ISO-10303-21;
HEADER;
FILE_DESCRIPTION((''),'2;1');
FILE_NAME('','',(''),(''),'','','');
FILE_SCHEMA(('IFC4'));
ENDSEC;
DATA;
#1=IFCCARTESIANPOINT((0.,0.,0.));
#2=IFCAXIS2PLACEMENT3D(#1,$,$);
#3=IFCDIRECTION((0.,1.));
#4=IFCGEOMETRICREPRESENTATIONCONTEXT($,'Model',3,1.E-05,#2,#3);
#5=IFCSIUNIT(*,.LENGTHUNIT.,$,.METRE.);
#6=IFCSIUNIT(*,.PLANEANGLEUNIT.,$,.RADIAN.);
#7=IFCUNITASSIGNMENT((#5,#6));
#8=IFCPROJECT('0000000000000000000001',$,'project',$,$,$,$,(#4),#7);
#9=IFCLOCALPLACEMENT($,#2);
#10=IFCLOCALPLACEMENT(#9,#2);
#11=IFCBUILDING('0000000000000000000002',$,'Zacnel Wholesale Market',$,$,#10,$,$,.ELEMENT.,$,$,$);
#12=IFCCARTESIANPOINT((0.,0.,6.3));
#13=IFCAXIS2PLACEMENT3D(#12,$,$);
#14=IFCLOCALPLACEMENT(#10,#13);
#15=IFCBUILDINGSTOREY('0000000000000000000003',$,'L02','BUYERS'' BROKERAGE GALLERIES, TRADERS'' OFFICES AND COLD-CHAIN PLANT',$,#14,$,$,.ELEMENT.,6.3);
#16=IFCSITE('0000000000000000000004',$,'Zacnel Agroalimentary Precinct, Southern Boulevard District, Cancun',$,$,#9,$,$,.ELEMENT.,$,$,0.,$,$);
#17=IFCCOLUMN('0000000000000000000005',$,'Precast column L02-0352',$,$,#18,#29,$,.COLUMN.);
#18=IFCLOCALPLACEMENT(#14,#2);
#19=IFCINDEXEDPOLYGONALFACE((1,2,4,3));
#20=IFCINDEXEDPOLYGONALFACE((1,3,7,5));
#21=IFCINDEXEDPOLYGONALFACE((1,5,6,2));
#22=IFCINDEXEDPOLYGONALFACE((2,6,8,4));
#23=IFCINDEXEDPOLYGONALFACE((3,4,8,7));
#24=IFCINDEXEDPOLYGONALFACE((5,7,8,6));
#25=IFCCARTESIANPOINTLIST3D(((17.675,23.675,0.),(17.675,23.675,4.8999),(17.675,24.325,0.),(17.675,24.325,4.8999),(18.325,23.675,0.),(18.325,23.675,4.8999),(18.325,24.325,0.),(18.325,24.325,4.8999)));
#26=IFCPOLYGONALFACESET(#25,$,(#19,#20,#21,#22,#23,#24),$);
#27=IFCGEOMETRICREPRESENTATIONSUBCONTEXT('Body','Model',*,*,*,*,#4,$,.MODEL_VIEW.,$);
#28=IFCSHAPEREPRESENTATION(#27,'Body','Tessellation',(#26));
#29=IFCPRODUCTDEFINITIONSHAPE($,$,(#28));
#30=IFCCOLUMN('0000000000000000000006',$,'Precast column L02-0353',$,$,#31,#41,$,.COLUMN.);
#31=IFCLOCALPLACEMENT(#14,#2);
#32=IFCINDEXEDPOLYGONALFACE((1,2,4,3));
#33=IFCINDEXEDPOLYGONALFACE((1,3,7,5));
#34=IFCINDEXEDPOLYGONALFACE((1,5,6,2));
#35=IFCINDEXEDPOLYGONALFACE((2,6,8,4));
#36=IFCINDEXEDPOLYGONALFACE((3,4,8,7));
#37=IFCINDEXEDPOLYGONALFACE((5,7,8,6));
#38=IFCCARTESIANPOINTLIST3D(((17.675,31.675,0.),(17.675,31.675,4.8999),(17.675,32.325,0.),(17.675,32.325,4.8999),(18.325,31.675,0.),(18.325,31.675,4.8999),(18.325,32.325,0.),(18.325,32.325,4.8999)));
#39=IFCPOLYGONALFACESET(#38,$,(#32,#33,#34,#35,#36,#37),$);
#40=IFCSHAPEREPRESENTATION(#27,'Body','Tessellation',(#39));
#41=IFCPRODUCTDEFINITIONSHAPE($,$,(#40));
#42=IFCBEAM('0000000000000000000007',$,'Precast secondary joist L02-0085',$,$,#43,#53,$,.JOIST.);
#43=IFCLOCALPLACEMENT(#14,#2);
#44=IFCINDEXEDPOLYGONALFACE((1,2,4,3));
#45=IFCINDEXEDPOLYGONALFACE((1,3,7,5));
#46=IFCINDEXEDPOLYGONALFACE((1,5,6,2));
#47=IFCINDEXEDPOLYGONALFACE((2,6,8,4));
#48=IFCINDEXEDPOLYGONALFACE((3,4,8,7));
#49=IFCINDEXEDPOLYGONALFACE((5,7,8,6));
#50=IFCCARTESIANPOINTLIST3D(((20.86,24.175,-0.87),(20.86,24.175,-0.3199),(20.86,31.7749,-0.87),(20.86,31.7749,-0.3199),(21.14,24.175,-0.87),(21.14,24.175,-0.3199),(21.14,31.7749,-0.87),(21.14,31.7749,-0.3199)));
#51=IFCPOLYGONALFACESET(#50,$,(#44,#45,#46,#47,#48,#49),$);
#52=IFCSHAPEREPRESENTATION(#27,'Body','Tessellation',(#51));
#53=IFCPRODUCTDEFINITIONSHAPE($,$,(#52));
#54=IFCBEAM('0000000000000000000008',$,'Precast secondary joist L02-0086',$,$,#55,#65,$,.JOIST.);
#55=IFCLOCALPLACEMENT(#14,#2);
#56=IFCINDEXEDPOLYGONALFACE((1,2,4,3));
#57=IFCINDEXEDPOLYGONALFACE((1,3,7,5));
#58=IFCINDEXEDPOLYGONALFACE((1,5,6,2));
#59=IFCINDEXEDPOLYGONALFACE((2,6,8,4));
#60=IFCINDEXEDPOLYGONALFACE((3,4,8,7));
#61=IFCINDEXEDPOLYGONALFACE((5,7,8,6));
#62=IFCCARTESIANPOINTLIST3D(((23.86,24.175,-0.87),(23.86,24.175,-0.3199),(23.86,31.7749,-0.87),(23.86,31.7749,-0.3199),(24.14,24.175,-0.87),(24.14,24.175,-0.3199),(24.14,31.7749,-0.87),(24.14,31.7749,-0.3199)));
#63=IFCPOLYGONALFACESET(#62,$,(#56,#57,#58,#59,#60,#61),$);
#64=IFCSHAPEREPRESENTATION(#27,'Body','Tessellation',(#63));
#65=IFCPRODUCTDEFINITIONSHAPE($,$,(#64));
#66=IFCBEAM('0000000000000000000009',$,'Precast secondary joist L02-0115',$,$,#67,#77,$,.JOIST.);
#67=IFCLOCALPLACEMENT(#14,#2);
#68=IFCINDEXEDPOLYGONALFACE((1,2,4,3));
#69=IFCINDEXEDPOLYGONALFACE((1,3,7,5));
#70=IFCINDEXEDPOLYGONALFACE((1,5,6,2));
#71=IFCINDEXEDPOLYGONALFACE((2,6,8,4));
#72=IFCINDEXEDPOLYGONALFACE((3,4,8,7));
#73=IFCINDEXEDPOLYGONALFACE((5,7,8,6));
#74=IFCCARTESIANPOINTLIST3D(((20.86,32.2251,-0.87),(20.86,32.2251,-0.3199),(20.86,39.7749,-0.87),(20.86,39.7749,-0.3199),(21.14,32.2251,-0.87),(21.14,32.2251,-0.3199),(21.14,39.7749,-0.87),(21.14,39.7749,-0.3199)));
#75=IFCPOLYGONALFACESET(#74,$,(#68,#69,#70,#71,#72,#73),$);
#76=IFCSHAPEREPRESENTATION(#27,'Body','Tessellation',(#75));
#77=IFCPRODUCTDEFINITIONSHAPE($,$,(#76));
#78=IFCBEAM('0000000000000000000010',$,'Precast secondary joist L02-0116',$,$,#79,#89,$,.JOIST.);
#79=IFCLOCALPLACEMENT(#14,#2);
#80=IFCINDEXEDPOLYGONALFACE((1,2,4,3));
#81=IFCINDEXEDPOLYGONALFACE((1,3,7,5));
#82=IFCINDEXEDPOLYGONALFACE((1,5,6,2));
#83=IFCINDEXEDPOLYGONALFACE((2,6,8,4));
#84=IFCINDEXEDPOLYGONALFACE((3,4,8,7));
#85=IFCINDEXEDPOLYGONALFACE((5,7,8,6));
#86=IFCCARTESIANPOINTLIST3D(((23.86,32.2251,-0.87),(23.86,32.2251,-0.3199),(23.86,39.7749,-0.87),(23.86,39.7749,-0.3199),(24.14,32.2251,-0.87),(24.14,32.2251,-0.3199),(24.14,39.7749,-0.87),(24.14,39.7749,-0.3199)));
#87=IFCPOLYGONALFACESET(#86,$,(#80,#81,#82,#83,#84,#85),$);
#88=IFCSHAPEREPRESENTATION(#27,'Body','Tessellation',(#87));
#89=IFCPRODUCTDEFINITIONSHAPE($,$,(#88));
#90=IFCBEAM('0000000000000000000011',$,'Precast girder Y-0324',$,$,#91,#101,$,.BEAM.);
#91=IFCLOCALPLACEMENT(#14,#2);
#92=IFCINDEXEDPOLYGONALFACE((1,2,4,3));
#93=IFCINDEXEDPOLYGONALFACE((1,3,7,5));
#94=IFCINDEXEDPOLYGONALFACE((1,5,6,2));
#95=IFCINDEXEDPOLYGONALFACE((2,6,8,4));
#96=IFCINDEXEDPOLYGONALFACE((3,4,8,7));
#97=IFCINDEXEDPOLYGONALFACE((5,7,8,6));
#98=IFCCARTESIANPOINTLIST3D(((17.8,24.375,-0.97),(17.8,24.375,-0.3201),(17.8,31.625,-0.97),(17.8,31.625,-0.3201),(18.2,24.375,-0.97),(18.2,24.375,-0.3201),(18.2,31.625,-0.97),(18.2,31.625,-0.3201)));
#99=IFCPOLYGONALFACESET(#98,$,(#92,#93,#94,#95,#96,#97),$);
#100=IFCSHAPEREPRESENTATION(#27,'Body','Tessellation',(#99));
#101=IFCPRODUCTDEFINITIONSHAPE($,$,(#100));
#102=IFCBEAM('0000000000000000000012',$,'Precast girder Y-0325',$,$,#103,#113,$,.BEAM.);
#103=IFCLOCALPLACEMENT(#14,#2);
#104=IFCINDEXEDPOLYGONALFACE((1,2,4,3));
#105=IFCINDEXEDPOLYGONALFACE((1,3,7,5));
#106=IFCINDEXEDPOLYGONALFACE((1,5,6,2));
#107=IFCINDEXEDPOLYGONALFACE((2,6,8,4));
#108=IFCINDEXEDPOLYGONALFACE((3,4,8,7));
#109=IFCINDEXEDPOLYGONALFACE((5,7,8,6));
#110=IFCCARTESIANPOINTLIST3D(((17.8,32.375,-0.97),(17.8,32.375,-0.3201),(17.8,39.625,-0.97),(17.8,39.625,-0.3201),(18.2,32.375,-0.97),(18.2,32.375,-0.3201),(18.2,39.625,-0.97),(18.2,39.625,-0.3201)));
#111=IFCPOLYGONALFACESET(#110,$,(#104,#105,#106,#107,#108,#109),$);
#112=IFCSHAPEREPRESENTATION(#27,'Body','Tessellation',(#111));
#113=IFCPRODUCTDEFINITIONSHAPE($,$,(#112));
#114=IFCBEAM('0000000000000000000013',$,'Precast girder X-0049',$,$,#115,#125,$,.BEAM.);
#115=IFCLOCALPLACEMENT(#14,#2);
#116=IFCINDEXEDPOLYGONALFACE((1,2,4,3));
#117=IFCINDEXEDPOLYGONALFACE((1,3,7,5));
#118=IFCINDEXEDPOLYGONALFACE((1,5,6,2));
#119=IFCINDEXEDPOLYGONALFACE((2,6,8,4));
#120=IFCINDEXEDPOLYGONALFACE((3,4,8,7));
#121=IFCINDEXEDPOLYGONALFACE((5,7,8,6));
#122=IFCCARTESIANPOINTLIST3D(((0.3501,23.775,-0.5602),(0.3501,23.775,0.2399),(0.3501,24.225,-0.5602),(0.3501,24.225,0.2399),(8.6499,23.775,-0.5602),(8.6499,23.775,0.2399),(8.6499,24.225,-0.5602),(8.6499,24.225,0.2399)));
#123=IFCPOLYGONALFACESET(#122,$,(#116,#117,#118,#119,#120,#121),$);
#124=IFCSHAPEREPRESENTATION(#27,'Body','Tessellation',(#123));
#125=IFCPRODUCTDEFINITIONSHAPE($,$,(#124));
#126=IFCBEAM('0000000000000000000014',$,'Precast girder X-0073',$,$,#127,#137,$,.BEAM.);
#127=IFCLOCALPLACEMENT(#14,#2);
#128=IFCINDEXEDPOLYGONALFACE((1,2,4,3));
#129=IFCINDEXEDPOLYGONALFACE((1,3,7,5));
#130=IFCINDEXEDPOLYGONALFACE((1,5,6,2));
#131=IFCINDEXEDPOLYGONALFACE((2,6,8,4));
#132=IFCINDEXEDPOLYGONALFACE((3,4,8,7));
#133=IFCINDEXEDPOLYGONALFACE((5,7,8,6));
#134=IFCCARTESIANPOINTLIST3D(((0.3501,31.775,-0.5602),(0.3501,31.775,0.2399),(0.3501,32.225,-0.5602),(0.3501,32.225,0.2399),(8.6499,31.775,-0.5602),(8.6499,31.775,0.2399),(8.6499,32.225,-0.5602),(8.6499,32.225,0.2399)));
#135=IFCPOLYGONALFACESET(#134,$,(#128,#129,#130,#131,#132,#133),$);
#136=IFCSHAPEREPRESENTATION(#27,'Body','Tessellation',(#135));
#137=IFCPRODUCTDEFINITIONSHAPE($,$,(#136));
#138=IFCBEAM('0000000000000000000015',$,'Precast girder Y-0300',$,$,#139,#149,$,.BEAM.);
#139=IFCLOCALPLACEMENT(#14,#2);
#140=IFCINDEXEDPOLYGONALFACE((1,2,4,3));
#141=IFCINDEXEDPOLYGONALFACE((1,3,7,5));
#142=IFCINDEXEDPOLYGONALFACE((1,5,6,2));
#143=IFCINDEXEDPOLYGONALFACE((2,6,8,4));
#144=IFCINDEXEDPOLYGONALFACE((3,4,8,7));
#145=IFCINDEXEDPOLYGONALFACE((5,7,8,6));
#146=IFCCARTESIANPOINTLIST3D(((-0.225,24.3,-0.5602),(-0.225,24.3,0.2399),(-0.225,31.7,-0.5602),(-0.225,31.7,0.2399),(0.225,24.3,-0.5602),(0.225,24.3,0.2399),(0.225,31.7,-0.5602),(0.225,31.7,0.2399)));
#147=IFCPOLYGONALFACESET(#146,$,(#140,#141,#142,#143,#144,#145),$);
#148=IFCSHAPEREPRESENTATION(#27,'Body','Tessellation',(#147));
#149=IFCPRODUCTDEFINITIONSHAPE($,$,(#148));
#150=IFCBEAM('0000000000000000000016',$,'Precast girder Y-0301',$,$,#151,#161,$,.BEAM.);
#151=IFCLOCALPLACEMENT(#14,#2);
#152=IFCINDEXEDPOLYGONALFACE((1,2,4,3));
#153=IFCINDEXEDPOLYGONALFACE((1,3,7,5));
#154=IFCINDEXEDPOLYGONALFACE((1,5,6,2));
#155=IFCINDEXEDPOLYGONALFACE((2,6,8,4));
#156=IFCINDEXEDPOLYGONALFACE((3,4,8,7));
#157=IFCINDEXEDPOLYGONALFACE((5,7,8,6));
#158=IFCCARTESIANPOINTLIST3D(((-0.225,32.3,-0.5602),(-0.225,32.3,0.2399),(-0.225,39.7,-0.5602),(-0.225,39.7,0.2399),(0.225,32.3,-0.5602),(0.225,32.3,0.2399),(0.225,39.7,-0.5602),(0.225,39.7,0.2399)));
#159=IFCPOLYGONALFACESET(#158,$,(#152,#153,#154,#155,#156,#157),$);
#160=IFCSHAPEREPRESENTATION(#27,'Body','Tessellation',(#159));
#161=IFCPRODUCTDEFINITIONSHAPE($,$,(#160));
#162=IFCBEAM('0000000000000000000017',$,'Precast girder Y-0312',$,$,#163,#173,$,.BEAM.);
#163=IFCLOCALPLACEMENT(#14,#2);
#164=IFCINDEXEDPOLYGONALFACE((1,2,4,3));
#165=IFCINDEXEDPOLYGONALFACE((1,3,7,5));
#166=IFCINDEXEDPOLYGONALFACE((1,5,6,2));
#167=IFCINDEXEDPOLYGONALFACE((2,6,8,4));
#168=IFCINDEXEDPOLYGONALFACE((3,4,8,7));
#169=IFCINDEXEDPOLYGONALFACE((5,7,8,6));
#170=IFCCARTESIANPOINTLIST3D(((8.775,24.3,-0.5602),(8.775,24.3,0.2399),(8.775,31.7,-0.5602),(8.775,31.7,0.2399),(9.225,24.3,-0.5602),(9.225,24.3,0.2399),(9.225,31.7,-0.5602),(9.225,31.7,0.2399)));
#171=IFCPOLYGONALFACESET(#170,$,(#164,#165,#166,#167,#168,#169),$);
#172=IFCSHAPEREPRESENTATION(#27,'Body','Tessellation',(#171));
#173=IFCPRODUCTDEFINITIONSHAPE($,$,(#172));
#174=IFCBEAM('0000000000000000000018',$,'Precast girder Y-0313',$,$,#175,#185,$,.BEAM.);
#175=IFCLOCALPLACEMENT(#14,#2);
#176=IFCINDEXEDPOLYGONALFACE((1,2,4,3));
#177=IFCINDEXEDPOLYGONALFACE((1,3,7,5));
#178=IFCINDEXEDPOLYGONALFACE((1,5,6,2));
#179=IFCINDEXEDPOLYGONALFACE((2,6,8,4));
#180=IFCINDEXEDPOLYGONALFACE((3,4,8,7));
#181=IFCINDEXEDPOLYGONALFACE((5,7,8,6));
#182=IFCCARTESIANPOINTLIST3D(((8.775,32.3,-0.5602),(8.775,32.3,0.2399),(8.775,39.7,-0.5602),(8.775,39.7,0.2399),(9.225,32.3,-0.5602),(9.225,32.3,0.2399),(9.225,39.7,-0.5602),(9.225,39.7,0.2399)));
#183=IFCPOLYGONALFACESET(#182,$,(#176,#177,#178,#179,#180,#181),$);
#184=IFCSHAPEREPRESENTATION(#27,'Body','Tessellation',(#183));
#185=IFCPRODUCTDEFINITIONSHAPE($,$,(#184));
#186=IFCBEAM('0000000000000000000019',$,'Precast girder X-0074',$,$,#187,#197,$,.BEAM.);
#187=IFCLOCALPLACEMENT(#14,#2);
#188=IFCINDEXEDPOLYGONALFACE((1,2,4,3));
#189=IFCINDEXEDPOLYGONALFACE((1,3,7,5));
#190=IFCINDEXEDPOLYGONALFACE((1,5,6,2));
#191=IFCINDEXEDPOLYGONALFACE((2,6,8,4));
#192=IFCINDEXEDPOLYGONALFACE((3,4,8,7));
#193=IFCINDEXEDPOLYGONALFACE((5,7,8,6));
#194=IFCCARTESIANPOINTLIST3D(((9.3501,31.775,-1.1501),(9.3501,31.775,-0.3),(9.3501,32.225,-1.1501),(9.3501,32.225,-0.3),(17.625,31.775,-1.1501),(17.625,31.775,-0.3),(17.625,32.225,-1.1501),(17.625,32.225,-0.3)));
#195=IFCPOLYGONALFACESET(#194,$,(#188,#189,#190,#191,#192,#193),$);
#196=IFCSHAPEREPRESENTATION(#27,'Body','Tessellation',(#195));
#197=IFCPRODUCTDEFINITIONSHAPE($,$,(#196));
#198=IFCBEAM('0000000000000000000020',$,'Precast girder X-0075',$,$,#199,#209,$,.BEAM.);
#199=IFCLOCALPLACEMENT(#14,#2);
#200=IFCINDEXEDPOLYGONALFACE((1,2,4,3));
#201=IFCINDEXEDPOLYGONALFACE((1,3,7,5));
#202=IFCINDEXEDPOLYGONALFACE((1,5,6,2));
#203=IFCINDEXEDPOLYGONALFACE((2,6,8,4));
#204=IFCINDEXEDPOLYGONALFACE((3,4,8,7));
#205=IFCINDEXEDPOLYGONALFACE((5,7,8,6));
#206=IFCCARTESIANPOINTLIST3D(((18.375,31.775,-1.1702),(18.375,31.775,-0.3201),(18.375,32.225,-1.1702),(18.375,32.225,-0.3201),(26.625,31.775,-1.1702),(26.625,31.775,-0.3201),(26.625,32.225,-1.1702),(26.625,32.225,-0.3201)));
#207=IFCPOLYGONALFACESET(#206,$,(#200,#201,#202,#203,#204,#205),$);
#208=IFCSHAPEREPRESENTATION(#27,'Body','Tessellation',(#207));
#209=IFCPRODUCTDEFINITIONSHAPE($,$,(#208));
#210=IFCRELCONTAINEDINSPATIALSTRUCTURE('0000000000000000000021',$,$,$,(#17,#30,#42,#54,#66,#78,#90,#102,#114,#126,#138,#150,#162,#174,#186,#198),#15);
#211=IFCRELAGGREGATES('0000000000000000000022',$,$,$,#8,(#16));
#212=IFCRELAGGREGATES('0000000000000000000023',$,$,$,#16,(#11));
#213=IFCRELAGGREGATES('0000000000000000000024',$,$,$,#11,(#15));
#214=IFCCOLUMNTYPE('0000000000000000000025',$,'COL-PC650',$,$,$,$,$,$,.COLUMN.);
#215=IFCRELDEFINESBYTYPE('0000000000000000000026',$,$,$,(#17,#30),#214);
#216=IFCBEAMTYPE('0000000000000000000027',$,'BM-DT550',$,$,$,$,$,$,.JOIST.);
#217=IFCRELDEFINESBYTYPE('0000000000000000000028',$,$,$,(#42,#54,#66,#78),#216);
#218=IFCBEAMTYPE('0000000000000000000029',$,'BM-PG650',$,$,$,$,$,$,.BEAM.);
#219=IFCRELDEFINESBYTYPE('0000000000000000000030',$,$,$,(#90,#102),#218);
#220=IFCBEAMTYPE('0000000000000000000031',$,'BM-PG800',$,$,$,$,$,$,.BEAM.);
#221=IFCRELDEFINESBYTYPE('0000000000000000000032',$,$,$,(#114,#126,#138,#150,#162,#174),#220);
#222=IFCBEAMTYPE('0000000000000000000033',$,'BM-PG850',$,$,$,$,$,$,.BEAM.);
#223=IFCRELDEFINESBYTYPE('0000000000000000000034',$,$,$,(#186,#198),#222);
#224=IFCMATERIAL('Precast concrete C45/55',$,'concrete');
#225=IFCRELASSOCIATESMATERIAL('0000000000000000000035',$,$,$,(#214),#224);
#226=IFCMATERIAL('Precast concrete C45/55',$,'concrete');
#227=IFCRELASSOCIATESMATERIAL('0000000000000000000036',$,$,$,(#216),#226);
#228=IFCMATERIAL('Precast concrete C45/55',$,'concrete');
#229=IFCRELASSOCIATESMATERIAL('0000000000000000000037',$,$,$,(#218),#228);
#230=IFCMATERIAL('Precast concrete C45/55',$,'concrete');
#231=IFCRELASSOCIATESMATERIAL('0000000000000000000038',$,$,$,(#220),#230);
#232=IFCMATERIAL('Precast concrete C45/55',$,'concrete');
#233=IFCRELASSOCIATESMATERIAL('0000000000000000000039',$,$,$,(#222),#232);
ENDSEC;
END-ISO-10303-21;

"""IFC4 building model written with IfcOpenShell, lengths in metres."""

from ifc_helpers import new_model, si_unit, direction, frame, origin, origin_2d, place, context, subcontext, project, spatial, rectangle, extrude, material, material_profile, profile_set, type_object, element, save


model = new_model("IFC4")

# Units and contexts
model_context = context("Model", 3, precision=1e-05, world=origin(), true_north=direction((0.0, 1.0)))
body_context = subcontext(model_context, "Body", "Model", "MODEL_VIEW")
ifc_project = project(units=[si_unit("LENGTHUNIT", "METRE"), si_unit("PLANEANGLEUNIT", "RADIAN")], contexts=[model_context])

# Site, building, storey
site_placement = place(None, origin())
site = spatial("IfcSite", under=ifc_project, at=site_placement, Name="Zacnel Agroalimentary Precinct, Southern Boulevard District, Cancun", CompositionType="ELEMENT", RefElevation=0.0)
building_placement = place(site_placement, origin())
building = spatial("IfcBuilding", under=site, at=building_placement, Name="Zacnel Wholesale Market", CompositionType="ELEMENT")
storey_placement = place(building_placement, frame((0.0, 0.0, 6.3)))
storey = spatial("IfcBuildingStorey", under=building, at=storey_placement, Name="L02", Description="BUYERS' BROKERAGE GALLERIES, TRADERS' OFFICES AND COLD-CHAIN PLANT", CompositionType="ELEMENT", Elevation=6.3)

# Columns
ifc_material_1 = material(Name="Precast concrete C45/55", Category="concrete")
ifc_material_profile_1 = material_profile(ifc_material_1, rectangle(XDim=0.6499, YDim=0.6499, at=origin_2d()), Name="PC 650x650")
ifc_profile_set_1 = profile_set([ifc_material_profile_1], Name="Precast concrete C45/55")
column_type = type_object("IfcColumnType", Name="COL-PC650", PredefinedType="COLUMN", material=ifc_profile_set_1)
for number, where, z_axis, x_axis, name in (
    (1, (18.0, 24.0, 0.0), (0.0, 0.0, 1.0), (1.0, 0.0, 0.0), "Precast column L02-0352"),
    (2, (18.0, 32.0, 0.0), (0.0, 0.0, 1.0), (1.0, 0.0, 0.0), "Precast column L02-0353"),
):
    element("IfcColumn", number, at=place(storey_placement, frame(where, z_axis=z_axis, x_axis=x_axis)), inside=storey, type_object=column_type, Name=name, PredefinedType="COLUMN", context=body_context, shape_type="SweptSolid", body=[
        extrude(rectangle(XDim=0.6499, YDim=0.6499, at=origin_2d()), origin(), (0.0, 0.0, 1.0), 4.8999),
    ])

# Beams
ifc_material_2 = material(Name="Precast concrete C45/55", Category="concrete")
ifc_material_profile_2 = material_profile(ifc_material_2, rectangle(XDim=0.28, YDim=0.55, at=origin_2d()), Name="DT RIB 280x550")
ifc_profile_set_2 = profile_set([ifc_material_profile_2], Name="Precast concrete C45/55")
beam_type_1 = type_object("IfcBeamType", Name="BM-DT550", PredefinedType="JOIST", material=ifc_profile_set_2)
for number, where, z_axis, x_axis, name in (
    (3, (21.0, 24.175, -0.595), (0.0, 1.0, 0.0), (-1.0, 0.0, 0.0), "Precast secondary joist L02-0085"),
    (4, (24.0, 24.175, -0.595), (0.0, 1.0, 0.0), (-1.0, 0.0, 0.0), "Precast secondary joist L02-0086"),
):
    element("IfcBeam", number, at=place(storey_placement, frame(where, z_axis=z_axis, x_axis=x_axis)), inside=storey, type_object=beam_type_1, Name=name, PredefinedType="JOIST", context=body_context, shape_type="SweptSolid", body=[
        extrude(rectangle(XDim=0.28, YDim=0.55, at=origin_2d()), origin(), (0.0, 0.0, 1.0), 7.5999),
    ])
for number, where, z_axis, x_axis, name in (
    (5, (21.0, 32.2251, -0.595), (0.0, 1.0, 0.0), (-1.0, 0.0, 0.0), "Precast secondary joist L02-0115"),
    (6, (24.0, 32.2251, -0.595), (0.0, 1.0, 0.0), (-1.0, 0.0, 0.0), "Precast secondary joist L02-0116"),
):
    element("IfcBeam", number, at=place(storey_placement, frame(where, z_axis=z_axis, x_axis=x_axis)), inside=storey, type_object=beam_type_1, Name=name, PredefinedType="JOIST", context=body_context, shape_type="SweptSolid", body=[
        extrude(rectangle(XDim=0.28, YDim=0.55, at=origin_2d()), origin(), (0.0, 0.0, 1.0), 7.5498),
    ])
ifc_material_3 = material(Name="Precast concrete C45/55", Category="concrete")
ifc_material_profile_3 = material_profile(ifc_material_3, rectangle(XDim=0.3999, YDim=0.6499, at=origin_2d()), Name="PG 400x650")
ifc_profile_set_3 = profile_set([ifc_material_profile_3], Name="Precast concrete C45/55")
beam_type_2 = type_object("IfcBeamType", Name="BM-PG650", PredefinedType="BEAM", material=ifc_profile_set_3)
for number, where, z_axis, x_axis, name in (
    (7, (18.0, 24.375, -0.645), (0.0, 1.0, 0.0), (-1.0, 0.0, 0.0), "Precast girder Y-0324"),
    (8, (18.0, 32.375, -0.645), (0.0, 1.0, 0.0), (-1.0, 0.0, 0.0), "Precast girder Y-0325"),
):
    element("IfcBeam", number, at=place(storey_placement, frame(where, z_axis=z_axis, x_axis=x_axis)), inside=storey, type_object=beam_type_2, Name=name, PredefinedType="BEAM", context=body_context, shape_type="SweptSolid", body=[
        extrude(rectangle(XDim=0.3999, YDim=0.6499, at=origin_2d()), origin(), (0.0, 0.0, 1.0), 7.25),
    ])
ifc_material_4 = material(Name="Precast concrete C45/55", Category="concrete")
ifc_material_profile_4 = material_profile(ifc_material_4, rectangle(XDim=0.45, YDim=0.8, at=origin_2d()), Name="PG 450x800")
ifc_profile_set_4 = profile_set([ifc_material_profile_4], Name="Precast concrete C45/55")
beam_type_3 = type_object("IfcBeamType", Name="BM-PG800", PredefinedType="BEAM", material=ifc_profile_set_4)
for number, where, z_axis, x_axis, name in (
    (9, (0.3501, 24.0, -0.1602), (1.0, 0.0, 0.0), (0.0, 1.0, 0.0), "Precast girder X-0049"),
    (10, (0.3501, 32.0, -0.1602), (1.0, 0.0, 0.0), (0.0, 1.0, 0.0), "Precast girder X-0073"),
):
    element("IfcBeam", number, at=place(storey_placement, frame(where, z_axis=z_axis, x_axis=x_axis)), inside=storey, type_object=beam_type_3, Name=name, PredefinedType="BEAM", context=body_context, shape_type="SweptSolid", body=[
        extrude(rectangle(XDim=0.45, YDim=0.8, at=origin_2d()), origin(), (0.0, 0.0, 1.0), 8.2998),
    ])
for number, where, z_axis, x_axis, name in (
    (11, (0.0, 24.3, -0.1602), (0.0, 1.0, 0.0), (-1.0, 0.0, 0.0), "Precast girder Y-0300"),
    (12, (0.0, 32.3, -0.1602), (0.0, 1.0, 0.0), (-1.0, 0.0, 0.0), "Precast girder Y-0301"),
    (13, (9.0, 24.3, -0.1602), (0.0, 1.0, 0.0), (-1.0, 0.0, 0.0), "Precast girder Y-0312"),
    (14, (9.0, 32.3, -0.1602), (0.0, 1.0, 0.0), (-1.0, 0.0, 0.0), "Precast girder Y-0313"),
):
    element("IfcBeam", number, at=place(storey_placement, frame(where, z_axis=z_axis, x_axis=x_axis)), inside=storey, type_object=beam_type_3, Name=name, PredefinedType="BEAM", context=body_context, shape_type="SweptSolid", body=[
        extrude(rectangle(XDim=0.45, YDim=0.8, at=origin_2d()), origin(), (0.0, 0.0, 1.0), 7.3999),
    ])
ifc_material_5 = material(Name="Precast concrete C45/55", Category="concrete")
ifc_material_profile_5 = material_profile(ifc_material_5, rectangle(XDim=0.45, YDim=0.8501, at=origin_2d()), Name="PG 450x850")
ifc_profile_set_5 = profile_set([ifc_material_profile_5], Name="Precast concrete C45/55")
beam_type_4 = type_object("IfcBeamType", Name="BM-PG850", PredefinedType="BEAM", material=ifc_profile_set_5)
beam_1_placement = place(storey_placement, frame((9.3501, 32.0, -0.7251), z_axis=(1.0, 0.0, 0.0), x_axis=(0.0, 1.0, 0.0)))
element("IfcBeam", 15, at=beam_1_placement, inside=storey, type_object=beam_type_4, Name="Precast girder X-0074", PredefinedType="BEAM", context=body_context, shape_type="SweptSolid", body=[
    extrude(rectangle(XDim=0.45, YDim=0.8501, at=origin_2d()), origin(), (0.0, 0.0, 1.0), 8.2749),
])
beam_2_placement = place(storey_placement, frame((18.375, 32.0, -0.7451), z_axis=(1.0, 0.0, 0.0), x_axis=(0.0, 1.0, 0.0)))
element("IfcBeam", 16, at=beam_2_placement, inside=storey, type_object=beam_type_4, Name="Precast girder X-0075", PredefinedType="BEAM", context=body_context, shape_type="SweptSolid", body=[
    extrude(rectangle(XDim=0.45, YDim=0.8501, at=origin_2d()), origin(), (0.0, 0.0, 1.0), 8.25),
])

save(model, "model.ifc")
